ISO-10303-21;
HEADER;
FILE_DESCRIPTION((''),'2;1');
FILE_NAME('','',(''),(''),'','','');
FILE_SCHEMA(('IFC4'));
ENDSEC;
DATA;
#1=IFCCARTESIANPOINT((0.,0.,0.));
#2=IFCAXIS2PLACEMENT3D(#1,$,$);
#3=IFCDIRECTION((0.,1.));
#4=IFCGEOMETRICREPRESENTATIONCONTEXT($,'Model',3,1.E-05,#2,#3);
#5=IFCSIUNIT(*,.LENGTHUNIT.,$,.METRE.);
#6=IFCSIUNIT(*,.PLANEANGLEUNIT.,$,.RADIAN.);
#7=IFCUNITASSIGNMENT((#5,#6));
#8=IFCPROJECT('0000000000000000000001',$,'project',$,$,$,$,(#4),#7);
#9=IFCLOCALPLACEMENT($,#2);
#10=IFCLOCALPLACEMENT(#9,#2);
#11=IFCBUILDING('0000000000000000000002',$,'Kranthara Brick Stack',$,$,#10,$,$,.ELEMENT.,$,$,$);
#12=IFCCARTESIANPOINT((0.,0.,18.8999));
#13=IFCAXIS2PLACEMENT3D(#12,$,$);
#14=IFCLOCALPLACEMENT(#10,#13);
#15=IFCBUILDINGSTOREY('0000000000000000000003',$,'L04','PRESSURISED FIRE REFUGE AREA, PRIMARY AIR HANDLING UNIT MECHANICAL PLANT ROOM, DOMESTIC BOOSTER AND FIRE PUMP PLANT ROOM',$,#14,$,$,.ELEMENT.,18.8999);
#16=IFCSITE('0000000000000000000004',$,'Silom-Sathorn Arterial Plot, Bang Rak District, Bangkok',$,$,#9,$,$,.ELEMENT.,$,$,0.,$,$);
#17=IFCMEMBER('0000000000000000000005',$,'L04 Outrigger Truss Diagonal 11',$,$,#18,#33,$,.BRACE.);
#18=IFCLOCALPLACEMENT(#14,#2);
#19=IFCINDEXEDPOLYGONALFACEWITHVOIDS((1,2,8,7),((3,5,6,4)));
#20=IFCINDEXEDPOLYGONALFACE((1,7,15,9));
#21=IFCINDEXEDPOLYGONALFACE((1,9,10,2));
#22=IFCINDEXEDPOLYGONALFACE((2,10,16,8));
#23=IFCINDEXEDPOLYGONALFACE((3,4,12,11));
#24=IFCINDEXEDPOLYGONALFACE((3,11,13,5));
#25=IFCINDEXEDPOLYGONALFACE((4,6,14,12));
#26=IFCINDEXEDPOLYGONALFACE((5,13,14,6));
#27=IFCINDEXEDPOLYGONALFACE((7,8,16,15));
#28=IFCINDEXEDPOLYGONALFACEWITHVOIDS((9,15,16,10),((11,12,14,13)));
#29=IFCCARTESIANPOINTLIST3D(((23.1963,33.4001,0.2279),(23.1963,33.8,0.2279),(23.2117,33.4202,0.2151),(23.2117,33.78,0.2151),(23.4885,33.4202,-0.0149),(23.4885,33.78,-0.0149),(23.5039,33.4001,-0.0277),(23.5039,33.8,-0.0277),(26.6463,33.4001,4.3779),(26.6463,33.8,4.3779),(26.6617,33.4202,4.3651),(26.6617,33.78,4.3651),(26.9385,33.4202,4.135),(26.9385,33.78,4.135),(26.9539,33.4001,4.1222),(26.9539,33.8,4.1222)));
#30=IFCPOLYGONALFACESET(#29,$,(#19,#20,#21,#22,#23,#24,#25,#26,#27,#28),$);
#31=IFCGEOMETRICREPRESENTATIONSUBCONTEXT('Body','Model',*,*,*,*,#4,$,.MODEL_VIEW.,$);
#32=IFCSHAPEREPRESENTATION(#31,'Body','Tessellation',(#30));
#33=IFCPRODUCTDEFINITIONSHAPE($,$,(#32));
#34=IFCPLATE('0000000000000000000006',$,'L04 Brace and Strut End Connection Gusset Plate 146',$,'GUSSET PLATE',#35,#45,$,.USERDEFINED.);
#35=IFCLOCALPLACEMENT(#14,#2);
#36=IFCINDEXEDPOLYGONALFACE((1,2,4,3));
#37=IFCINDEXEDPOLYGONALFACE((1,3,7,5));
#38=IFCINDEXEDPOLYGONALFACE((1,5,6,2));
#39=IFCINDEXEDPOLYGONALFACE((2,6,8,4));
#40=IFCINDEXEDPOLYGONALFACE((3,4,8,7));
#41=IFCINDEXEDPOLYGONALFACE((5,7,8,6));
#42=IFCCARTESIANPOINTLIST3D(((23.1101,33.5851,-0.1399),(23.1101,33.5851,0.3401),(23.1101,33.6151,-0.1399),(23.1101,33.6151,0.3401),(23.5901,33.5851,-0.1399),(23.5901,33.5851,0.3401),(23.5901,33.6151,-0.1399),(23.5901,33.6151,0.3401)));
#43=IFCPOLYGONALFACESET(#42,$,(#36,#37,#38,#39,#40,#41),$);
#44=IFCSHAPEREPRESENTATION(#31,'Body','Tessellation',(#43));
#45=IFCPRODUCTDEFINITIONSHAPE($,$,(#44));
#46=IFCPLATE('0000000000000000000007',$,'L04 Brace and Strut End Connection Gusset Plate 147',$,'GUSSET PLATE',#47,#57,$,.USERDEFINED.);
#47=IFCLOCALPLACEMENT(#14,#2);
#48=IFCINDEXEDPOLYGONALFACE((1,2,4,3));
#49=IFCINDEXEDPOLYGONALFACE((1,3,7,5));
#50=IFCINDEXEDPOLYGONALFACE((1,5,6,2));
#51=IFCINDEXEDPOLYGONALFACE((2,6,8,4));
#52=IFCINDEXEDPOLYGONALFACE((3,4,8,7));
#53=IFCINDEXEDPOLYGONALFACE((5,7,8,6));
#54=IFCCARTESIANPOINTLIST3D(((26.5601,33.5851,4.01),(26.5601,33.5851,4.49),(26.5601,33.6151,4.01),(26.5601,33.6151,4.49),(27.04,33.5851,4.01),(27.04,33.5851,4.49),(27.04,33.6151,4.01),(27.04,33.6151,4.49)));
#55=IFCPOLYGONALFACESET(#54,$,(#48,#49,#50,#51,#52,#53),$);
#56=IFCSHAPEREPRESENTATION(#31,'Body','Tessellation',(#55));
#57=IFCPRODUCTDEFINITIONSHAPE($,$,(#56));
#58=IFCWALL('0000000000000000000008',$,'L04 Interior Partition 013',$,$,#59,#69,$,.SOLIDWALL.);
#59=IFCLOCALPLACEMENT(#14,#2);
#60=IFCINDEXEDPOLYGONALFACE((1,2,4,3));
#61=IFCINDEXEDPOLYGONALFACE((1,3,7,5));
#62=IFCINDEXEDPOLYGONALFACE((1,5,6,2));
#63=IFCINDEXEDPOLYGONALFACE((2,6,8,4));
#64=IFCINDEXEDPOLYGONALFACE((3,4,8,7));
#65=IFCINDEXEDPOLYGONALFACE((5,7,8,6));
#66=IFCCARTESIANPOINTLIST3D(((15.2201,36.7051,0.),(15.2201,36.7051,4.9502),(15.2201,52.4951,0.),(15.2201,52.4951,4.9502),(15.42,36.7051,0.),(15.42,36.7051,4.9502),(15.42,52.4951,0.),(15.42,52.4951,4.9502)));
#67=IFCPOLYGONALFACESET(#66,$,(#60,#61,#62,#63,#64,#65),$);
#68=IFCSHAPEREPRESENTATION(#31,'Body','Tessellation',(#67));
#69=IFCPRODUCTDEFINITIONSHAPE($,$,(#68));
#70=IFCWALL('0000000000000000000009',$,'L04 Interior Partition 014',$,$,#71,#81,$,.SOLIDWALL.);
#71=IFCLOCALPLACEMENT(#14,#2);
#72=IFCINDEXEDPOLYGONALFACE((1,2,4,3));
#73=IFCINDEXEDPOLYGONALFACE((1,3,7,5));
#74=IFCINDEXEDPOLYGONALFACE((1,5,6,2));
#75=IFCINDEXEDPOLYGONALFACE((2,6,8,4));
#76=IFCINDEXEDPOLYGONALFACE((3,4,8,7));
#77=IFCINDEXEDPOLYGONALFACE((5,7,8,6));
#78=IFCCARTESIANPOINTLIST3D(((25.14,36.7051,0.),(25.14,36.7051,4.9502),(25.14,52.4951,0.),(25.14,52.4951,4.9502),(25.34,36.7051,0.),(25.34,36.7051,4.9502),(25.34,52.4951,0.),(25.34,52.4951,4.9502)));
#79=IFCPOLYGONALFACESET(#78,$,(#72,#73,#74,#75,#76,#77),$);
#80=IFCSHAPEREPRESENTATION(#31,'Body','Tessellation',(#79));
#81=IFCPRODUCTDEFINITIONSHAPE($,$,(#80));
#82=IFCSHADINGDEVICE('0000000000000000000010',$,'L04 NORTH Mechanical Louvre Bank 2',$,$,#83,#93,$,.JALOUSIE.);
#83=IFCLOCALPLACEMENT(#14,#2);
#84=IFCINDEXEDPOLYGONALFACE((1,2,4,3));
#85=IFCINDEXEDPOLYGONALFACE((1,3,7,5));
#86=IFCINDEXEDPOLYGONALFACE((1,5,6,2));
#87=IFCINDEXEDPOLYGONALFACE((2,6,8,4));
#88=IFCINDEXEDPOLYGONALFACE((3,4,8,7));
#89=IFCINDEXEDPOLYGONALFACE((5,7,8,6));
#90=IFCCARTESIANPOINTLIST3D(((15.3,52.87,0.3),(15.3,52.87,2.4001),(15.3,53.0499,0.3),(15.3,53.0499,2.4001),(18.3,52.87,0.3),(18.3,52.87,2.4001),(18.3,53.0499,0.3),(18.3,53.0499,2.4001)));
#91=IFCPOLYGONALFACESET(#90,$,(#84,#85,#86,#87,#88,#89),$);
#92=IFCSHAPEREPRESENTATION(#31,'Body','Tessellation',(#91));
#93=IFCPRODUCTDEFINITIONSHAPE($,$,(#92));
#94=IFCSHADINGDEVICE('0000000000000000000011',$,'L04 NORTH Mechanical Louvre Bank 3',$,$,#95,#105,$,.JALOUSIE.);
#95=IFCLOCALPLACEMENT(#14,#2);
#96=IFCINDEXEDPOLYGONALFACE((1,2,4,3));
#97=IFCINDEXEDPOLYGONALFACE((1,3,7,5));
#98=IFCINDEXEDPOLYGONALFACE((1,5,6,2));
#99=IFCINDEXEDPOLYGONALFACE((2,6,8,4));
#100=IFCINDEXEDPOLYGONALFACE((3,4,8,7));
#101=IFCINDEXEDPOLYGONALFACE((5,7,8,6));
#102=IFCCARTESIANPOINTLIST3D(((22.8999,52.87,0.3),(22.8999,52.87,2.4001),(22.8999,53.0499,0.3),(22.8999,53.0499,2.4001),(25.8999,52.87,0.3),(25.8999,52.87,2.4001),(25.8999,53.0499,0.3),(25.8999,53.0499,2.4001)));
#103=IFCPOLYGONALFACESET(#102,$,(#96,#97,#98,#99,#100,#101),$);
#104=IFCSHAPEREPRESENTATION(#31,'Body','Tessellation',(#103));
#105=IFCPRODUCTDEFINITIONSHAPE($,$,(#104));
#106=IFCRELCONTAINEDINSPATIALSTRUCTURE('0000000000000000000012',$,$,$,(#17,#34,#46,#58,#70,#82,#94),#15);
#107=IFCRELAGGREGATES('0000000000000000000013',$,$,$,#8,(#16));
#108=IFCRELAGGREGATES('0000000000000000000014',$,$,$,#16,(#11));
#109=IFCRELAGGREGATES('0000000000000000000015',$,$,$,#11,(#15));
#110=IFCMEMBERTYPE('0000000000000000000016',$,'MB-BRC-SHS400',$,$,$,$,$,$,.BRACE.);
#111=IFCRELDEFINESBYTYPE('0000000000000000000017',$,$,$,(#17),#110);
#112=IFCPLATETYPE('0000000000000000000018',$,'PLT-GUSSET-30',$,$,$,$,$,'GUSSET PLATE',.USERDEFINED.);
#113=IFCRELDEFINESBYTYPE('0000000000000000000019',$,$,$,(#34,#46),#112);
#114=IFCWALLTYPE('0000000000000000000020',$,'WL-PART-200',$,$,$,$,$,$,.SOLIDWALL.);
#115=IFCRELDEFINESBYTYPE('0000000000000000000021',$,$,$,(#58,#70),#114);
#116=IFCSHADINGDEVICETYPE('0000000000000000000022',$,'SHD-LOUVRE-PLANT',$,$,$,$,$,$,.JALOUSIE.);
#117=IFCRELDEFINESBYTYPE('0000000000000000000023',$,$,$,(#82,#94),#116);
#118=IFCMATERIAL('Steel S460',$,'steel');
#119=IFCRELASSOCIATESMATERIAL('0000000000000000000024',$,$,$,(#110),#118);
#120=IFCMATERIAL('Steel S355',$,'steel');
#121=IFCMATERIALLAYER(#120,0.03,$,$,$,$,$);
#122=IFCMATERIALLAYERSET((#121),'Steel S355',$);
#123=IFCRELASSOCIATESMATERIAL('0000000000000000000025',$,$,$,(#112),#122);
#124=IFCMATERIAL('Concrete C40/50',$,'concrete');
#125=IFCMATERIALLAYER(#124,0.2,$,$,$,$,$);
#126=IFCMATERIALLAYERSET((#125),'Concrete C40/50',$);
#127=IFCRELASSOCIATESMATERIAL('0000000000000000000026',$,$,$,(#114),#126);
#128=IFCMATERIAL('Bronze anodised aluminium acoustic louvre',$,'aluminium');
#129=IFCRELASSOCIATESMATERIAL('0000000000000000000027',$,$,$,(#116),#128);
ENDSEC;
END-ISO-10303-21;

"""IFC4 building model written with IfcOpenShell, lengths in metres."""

from ifc_helpers import new_model, si_unit, direction, frame, frame_2d, origin, origin_2d, place, context, subcontext, project, spatial, rectangle, hollow_rectangle, extrude, material, layer, layer_set, material_profile, profile_set, type_object, element, save


model = new_model("IFC4")

# Units and contexts
model_context = context("Model", 3, precision=1e-05, world=origin(), true_north=direction((0.0, 1.0)))
body_context = subcontext(model_context, "Body", "Model", "MODEL_VIEW")
ifc_project = project(units=[si_unit("LENGTHUNIT", "METRE"), si_unit("PLANEANGLEUNIT", "RADIAN")], contexts=[model_context])

# Site, building, storey
site_placement = place(None, origin())
site = spatial("IfcSite", under=ifc_project, at=site_placement, Name="Silom-Sathorn Arterial Plot, Bang Rak District, Bangkok", CompositionType="ELEMENT", RefElevation=0.0)
building_placement = place(site_placement, origin())
building = spatial("IfcBuilding", under=site, at=building_placement, Name="Kranthara Brick Stack", CompositionType="ELEMENT")
storey_placement = place(building_placement, frame((0.0, 0.0, 18.8999)))
storey = spatial("IfcBuildingStorey", under=building, at=storey_placement, Name="L04", Description="PRESSURISED FIRE REFUGE AREA, PRIMARY AIR HANDLING UNIT MECHANICAL PLANT ROOM, DOMESTIC BOOSTER AND FIRE PUMP PLANT ROOM", CompositionType="ELEMENT", Elevation=18.8999)

# Member
ifc_material_1 = material(Name="Steel S460", Category="steel")
ifc_material_profile_1 = material_profile(ifc_material_1, hollow_rectangle(XDim=0.3999, YDim=0.3999, WallThickness=0.02, at=origin_2d()), Name="SHS 400x400x20")
ifc_profile_set_1 = profile_set([ifc_material_profile_1], Name="Steel S460")
member_type = type_object("IfcMemberType", Name="MB-BRC-SHS400", PredefinedType="BRACE", material=ifc_profile_set_1)
member_placement = place(storey_placement, frame((23.3501, 33.6001, 0.1001), z_axis=(0.639276, 0.0, 0.768977), x_axis=(0.0, 1.0, 0.0)))
element("IfcMember", 1, at=member_placement, inside=storey, type_object=member_type, Name="L04 Outrigger Truss Diagonal 11", PredefinedType="BRACE", context=body_context, shape_type="SweptSolid", body=[
    extrude(hollow_rectangle(XDim=0.3999, YDim=0.3999, WallThickness=0.02, at=origin_2d()), origin(), (0.0, 0.0, 1.0), 5.3967),
])

# Plates
ifc_material_2 = material(Name="Steel S355", Category="steel")
ifc_layer_1 = layer(ifc_material_2, 0.03)
ifc_layer_set_1 = layer_set([ifc_layer_1], Name="Steel S355")
plate_type = type_object("IfcPlateType", Name="PLT-GUSSET-30", ElementType="GUSSET PLATE", PredefinedType="USERDEFINED", material=ifc_layer_set_1)
for number, where, z_axis, x_axis, name in (
    (2, (23.3501, 33.6001, -0.1399), (0.0, 0.0, 1.0), (1.0, 0.0, 0.0), "L04 Brace and Strut End Connection Gusset Plate 146"),
    (3, (26.8, 33.6001, 4.01), (0.0, 0.0, 1.0), (1.0, 0.0, 0.0), "L04 Brace and Strut End Connection Gusset Plate 147"),
):
    element("IfcPlate", number, at=place(storey_placement, frame(where, z_axis=z_axis, x_axis=x_axis)), inside=storey, type_object=plate_type, Name=name, ObjectType="GUSSET PLATE", PredefinedType="USERDEFINED", context=body_context, shape_type="SweptSolid", body=[
        extrude(rectangle(XDim=0.48, YDim=0.03, at=origin_2d()), origin(), (0.0, 0.0, 1.0), 0.48),
    ])

# Walls
ifc_material_3 = material(Name="Concrete C40/50", Category="concrete")
ifc_layer_2 = layer(ifc_material_3, 0.2)
ifc_layer_set_2 = layer_set([ifc_layer_2], Name="Concrete C40/50")
wall_type = type_object("IfcWallType", Name="WL-PART-200", PredefinedType="SOLIDWALL", material=ifc_layer_set_2)
for number, where, z_axis, x_axis, name in (
    (4, (15.3201, 36.7051, 0.0), (0.0, 0.0, 1.0), (0.0, 1.0, 0.0), "L04 Interior Partition 013"),
    (5, (25.24, 36.7051, 0.0), (0.0, 0.0, 1.0), (0.0, 1.0, 0.0), "L04 Interior Partition 014"),
):
    element("IfcWall", number, at=place(storey_placement, frame(where, z_axis=z_axis, x_axis=x_axis)), inside=storey, type_object=wall_type, Name=name, PredefinedType="SOLIDWALL", context=body_context, shape_type="SweptSolid", body=[
        extrude(rectangle(XDim=15.79, YDim=0.2, at=frame_2d((7.895, 0.0))), origin(), (0.0, 0.0, 1.0), 4.9502),
    ])

# Shading devices
ifc_material_4 = material(Name="Bronze anodised aluminium acoustic louvre", Category="aluminium")
shading_device_type = type_object("IfcShadingDeviceType", Name="SHD-LOUVRE-PLANT", PredefinedType="JALOUSIE", material=ifc_material_4)
for number, where, z_axis, x_axis, name in (
    (6, (16.8, 52.96, 0.3), (0.0, 0.0, 1.0), (1.0, 0.0, 0.0), "L04 NORTH Mechanical Louvre Bank 2"),
    (7, (24.3999, 52.96, 0.3), (0.0, 0.0, 1.0), (1.0, 0.0, 0.0), "L04 NORTH Mechanical Louvre Bank 3"),
):
    element("IfcShadingDevice", number, at=place(storey_placement, frame(where, z_axis=z_axis, x_axis=x_axis)), inside=storey, type_object=shading_device_type, Name=name, PredefinedType="JALOUSIE", context=body_context, shape_type="SweptSolid", body=[
        extrude(rectangle(XDim=3.0, YDim=0.1799, at=origin_2d()), origin(), (0.0, 0.0, 1.0), 2.1001),
    ])

save(model, "model.ifc")
